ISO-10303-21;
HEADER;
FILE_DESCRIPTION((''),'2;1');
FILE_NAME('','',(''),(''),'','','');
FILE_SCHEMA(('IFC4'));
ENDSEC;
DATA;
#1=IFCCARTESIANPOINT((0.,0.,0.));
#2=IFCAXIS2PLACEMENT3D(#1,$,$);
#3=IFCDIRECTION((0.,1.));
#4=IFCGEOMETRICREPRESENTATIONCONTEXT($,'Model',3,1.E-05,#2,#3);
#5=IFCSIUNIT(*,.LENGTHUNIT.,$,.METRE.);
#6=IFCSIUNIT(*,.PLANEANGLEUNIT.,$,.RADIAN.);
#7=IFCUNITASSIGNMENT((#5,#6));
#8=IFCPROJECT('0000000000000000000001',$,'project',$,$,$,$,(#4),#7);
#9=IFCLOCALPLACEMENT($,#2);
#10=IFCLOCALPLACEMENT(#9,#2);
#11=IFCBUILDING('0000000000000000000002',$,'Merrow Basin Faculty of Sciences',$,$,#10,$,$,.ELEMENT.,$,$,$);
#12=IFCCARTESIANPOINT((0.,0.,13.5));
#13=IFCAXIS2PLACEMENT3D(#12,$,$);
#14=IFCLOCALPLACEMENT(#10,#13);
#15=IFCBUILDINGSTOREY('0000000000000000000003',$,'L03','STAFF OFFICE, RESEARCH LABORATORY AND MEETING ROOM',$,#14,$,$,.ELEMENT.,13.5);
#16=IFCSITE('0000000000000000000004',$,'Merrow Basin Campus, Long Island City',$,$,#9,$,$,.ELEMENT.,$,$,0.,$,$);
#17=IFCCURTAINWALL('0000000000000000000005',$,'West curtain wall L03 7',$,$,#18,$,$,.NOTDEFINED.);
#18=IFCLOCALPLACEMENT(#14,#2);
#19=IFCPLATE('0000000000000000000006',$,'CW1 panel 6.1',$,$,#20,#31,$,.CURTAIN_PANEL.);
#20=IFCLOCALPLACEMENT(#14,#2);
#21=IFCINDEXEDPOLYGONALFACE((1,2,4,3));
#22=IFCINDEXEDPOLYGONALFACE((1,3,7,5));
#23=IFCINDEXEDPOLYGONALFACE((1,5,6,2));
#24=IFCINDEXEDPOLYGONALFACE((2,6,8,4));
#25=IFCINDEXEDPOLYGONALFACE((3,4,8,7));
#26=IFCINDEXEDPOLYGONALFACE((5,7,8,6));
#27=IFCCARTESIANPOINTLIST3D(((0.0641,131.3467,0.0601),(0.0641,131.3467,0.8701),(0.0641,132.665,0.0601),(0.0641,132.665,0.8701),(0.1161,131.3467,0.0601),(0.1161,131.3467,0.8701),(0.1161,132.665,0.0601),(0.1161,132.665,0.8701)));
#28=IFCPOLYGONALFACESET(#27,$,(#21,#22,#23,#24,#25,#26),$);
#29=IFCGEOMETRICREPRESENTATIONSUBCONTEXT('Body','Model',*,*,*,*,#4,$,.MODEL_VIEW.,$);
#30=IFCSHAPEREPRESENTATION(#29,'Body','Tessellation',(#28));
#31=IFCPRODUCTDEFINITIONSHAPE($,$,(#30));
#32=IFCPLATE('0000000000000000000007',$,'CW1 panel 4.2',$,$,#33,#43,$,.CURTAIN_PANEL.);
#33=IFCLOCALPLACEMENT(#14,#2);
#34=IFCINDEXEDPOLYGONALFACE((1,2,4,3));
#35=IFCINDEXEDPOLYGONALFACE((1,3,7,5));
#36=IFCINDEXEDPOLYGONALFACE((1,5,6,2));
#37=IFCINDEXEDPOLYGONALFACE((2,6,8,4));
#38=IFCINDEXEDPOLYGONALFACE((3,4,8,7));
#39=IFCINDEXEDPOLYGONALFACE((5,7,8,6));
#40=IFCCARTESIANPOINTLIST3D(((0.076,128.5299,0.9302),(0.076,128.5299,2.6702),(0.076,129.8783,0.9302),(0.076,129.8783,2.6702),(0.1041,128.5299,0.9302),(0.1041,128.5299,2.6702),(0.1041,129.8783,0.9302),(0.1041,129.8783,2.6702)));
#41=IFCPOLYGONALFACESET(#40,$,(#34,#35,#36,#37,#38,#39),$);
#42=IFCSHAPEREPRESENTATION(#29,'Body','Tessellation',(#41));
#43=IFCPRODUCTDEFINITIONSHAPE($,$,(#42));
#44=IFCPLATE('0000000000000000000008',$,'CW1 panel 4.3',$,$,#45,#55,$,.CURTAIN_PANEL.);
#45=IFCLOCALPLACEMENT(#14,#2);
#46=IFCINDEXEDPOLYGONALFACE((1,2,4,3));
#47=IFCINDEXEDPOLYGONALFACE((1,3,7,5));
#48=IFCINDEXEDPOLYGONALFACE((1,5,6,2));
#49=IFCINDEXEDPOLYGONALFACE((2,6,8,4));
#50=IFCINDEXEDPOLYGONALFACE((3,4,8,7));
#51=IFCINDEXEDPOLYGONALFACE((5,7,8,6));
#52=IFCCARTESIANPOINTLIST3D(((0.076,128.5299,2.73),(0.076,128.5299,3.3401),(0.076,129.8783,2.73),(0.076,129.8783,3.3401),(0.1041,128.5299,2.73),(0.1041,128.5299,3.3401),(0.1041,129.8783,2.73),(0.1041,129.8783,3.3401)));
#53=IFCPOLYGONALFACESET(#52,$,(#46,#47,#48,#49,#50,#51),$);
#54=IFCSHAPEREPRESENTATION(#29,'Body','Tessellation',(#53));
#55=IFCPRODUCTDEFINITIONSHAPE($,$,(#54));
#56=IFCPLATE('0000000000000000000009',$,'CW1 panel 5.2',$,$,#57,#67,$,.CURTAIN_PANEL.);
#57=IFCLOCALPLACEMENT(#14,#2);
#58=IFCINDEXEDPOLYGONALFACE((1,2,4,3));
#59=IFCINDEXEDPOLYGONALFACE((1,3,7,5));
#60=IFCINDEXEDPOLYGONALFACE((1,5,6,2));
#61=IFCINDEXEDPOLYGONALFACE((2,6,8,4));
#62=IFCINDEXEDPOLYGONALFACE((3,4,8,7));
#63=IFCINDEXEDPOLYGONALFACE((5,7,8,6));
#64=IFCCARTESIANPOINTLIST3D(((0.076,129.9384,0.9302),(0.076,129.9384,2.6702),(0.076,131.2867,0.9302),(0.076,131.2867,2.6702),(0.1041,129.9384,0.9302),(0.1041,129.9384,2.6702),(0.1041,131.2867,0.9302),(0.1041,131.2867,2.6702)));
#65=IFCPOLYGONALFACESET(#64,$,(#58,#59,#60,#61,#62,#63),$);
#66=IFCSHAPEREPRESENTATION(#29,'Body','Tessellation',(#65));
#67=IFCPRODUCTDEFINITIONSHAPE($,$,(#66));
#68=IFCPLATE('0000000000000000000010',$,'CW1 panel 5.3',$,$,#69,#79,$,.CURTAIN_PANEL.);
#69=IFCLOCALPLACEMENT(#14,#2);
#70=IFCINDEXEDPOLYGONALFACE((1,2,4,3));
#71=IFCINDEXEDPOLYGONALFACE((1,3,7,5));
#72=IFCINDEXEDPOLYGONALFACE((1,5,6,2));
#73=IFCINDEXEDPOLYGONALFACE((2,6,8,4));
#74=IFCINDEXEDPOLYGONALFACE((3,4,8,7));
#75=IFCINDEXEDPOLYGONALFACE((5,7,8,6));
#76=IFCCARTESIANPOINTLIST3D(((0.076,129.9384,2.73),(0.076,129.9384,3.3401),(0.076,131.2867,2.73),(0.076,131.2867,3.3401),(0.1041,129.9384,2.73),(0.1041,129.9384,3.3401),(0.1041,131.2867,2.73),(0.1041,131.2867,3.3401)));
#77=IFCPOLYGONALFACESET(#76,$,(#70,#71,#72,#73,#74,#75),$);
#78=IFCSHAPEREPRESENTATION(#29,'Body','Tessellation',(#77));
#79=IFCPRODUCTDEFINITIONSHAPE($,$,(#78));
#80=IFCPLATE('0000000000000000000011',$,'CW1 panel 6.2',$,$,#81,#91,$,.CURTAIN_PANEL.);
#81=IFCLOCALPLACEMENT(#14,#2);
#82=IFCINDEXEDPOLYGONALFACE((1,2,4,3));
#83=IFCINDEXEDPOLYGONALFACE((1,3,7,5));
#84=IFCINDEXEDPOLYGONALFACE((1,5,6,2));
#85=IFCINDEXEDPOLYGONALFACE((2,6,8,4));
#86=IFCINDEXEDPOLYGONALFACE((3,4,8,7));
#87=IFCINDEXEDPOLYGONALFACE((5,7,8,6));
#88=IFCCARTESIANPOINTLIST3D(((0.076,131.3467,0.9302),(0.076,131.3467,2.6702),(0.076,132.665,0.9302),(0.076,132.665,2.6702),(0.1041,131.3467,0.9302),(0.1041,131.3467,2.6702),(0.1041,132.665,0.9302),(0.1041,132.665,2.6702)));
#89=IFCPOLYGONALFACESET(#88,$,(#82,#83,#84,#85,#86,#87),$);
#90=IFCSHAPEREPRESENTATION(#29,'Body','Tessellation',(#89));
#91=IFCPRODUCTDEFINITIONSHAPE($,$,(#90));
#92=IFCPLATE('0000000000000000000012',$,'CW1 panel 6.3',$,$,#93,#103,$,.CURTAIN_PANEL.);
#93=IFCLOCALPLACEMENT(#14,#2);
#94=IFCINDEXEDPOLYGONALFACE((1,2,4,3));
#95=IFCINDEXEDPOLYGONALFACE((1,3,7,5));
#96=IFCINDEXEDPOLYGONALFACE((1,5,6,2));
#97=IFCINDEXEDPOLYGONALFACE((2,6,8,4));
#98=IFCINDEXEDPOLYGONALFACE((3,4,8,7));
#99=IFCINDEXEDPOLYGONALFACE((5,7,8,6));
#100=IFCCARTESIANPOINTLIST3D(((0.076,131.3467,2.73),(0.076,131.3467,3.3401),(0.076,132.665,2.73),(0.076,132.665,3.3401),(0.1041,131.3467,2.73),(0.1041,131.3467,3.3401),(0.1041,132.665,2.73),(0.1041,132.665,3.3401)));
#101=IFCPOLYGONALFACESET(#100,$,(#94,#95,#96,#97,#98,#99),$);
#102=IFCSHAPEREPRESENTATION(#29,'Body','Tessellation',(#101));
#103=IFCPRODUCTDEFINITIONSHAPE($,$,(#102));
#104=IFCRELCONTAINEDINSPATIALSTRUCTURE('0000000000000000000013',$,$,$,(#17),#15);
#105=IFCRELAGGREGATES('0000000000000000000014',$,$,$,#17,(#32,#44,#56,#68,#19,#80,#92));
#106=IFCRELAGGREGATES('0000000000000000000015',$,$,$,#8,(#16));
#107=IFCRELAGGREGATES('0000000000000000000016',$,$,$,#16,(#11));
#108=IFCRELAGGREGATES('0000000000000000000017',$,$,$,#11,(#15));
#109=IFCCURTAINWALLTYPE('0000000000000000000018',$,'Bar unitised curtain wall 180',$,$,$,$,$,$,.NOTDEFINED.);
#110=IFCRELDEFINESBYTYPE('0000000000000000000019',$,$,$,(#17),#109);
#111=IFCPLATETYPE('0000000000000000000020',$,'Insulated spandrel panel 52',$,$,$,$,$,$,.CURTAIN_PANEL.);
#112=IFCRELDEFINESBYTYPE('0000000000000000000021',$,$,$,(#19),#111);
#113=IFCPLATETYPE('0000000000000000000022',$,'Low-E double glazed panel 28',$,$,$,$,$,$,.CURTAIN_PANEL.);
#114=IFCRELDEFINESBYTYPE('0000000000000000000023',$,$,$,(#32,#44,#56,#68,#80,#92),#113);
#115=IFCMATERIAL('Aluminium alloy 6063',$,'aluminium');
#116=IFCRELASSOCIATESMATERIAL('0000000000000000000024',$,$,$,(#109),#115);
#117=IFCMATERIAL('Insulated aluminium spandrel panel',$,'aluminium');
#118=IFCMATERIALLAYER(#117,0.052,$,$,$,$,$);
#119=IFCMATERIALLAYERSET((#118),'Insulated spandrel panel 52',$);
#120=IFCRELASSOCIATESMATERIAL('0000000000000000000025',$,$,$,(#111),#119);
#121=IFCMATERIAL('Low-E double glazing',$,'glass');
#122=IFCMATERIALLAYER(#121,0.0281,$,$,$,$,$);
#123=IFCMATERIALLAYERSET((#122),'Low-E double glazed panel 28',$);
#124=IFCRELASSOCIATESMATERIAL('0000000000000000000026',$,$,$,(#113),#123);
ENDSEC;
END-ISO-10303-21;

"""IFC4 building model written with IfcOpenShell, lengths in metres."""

from ifc_helpers import new_model, si_unit, direction, frame, origin, origin_2d, place, context, subcontext, project, spatial, rectangle, extrude, material, layer, layer_set, type_object, element, aggregate, save


model = new_model("IFC4")

# Units and contexts
model_context = context("Model", 3, precision=1e-05, world=origin(), true_north=direction((0.0, 1.0)))
body_context = subcontext(model_context, "Body", "Model", "MODEL_VIEW")
ifc_project = project(units=[si_unit("LENGTHUNIT", "METRE"), si_unit("PLANEANGLEUNIT", "RADIAN")], contexts=[model_context])

# Site, building, storey
site_placement = place(None, origin())
site = spatial("IfcSite", under=ifc_project, at=site_placement, Name="Merrow Basin Campus, Long Island City", CompositionType="ELEMENT", RefElevation=0.0)
building_placement = place(site_placement, origin())
building = spatial("IfcBuilding", under=site, at=building_placement, Name="Merrow Basin Faculty of Sciences", CompositionType="ELEMENT")
storey_placement = place(building_placement, frame((0.0, 0.0, 13.5)))
storey = spatial("IfcBuildingStorey", under=building, at=storey_placement, Name="L03", Description="STAFF OFFICE, RESEARCH LABORATORY AND MEETING ROOM", CompositionType="ELEMENT", Elevation=13.5)

# Curtain wall, plates
ifc_material_1 = material(Name="Aluminium alloy 6063", Category="aluminium")
curtain_wall_type = type_object("IfcCurtainWallType", Name="Bar unitised curtain wall 180", PredefinedType="NOTDEFINED", material=ifc_material_1)
curtain_wall_placement = place(storey_placement, origin())
curtain_wall = element("IfcCurtainWall", 1, at=curtain_wall_placement, inside=storey, type_object=curtain_wall_type, Name="West curtain wall L03 7", PredefinedType="NOTDEFINED")
ifc_material_2 = material(Name="Insulated aluminium spandrel panel", Category="aluminium")
ifc_layer_1 = layer(ifc_material_2, 0.052)
ifc_layer_set_1 = layer_set([ifc_layer_1], Name="Insulated spandrel panel 52")
plate_type_1 = type_object("IfcPlateType", Name="Insulated spandrel panel 52", PredefinedType="CURTAIN_PANEL", material=ifc_layer_set_1)
plate_1_placement = place(storey_placement, frame((0.0901, 132.0059, 0.0601), z_axis=(0.0, 0.0, 1.0), x_axis=(0.0, 1.0, 0.0)))
plate_1 = element("IfcPlate", 2, at=plate_1_placement, type_object=plate_type_1, Name="CW1 panel 6.1", PredefinedType="CURTAIN_PANEL", context=body_context, shape_type="SweptSolid", body=[
    extrude(rectangle(XDim=1.3184, YDim=0.052, at=origin_2d()), origin(), (0.0, 0.0, 1.0), 0.8101),
])
ifc_material_3 = material(Name="Low-E double glazing", Category="glass")
ifc_layer_2 = layer(ifc_material_3, 0.0281)
ifc_layer_set_2 = layer_set([ifc_layer_2], Name="Low-E double glazed panel 28")
plate_type_2 = type_object("IfcPlateType", Name="Low-E double glazed panel 28", PredefinedType="CURTAIN_PANEL", material=ifc_layer_set_2)
plate_2_placement = place(storey_placement, frame((0.0901, 129.2041, 0.9302), z_axis=(0.0, 0.0, 1.0), x_axis=(0.0, 1.0, 0.0)))
plate_2 = element("IfcPlate", 3, at=plate_2_placement, type_object=plate_type_2, Name="CW1 panel 4.2", PredefinedType="CURTAIN_PANEL", context=body_context, shape_type="SweptSolid", body=[
    extrude(rectangle(XDim=1.3484, YDim=0.0281, at=origin_2d()), origin(), (0.0, 0.0, 1.0), 1.74),
])
plate_3_placement = place(storey_placement, frame((0.0901, 129.2041, 2.73), z_axis=(0.0, 0.0, 1.0), x_axis=(0.0, 1.0, 0.0)))
plate_3 = element("IfcPlate", 4, at=plate_3_placement, type_object=plate_type_2, Name="CW1 panel 4.3", PredefinedType="CURTAIN_PANEL", context=body_context, shape_type="SweptSolid", body=[
    extrude(rectangle(XDim=1.3484, YDim=0.0281, at=origin_2d()), origin(), (0.0, 0.0, 1.0), 0.6101),
])
plate_4_placement = place(storey_placement, frame((0.0901, 130.6125, 0.9302), z_axis=(0.0, 0.0, 1.0), x_axis=(0.0, 1.0, 0.0)))
plate_4 = element("IfcPlate", 5, at=plate_4_placement, type_object=plate_type_2, Name="CW1 panel 5.2", PredefinedType="CURTAIN_PANEL", context=body_context, shape_type="SweptSolid", body=[
    extrude(rectangle(XDim=1.3484, YDim=0.0281, at=origin_2d()), origin(), (0.0, 0.0, 1.0), 1.74),
])
plate_5_placement = place(storey_placement, frame((0.0901, 130.6125, 2.73), z_axis=(0.0, 0.0, 1.0), x_axis=(0.0, 1.0, 0.0)))
plate_5 = element("IfcPlate", 6, at=plate_5_placement, type_object=plate_type_2, Name="CW1 panel 5.3", PredefinedType="CURTAIN_PANEL", context=body_context, shape_type="SweptSolid", body=[
    extrude(rectangle(XDim=1.3484, YDim=0.0281, at=origin_2d()), origin(), (0.0, 0.0, 1.0), 0.6101),
])
plate_6_placement = place(storey_placement, frame((0.0901, 132.0059, 0.9302), z_axis=(0.0, 0.0, 1.0), x_axis=(0.0, 1.0, 0.0)))
plate_6 = element("IfcPlate", 7, at=plate_6_placement, type_object=plate_type_2, Name="CW1 panel 6.2", PredefinedType="CURTAIN_PANEL", context=body_context, shape_type="SweptSolid", body=[
    extrude(rectangle(XDim=1.3184, YDim=0.0281, at=origin_2d()), origin(), (0.0, 0.0, 1.0), 1.74),
])
plate_7_placement = place(storey_placement, frame((0.0901, 132.0059, 2.73), z_axis=(0.0, 0.0, 1.0), x_axis=(0.0, 1.0, 0.0)))
plate_7 = element("IfcPlate", 8, at=plate_7_placement, type_object=plate_type_2, Name="CW1 panel 6.3", PredefinedType="CURTAIN_PANEL", context=body_context, shape_type="SweptSolid", body=[
    extrude(rectangle(XDim=1.3184, YDim=0.0281, at=origin_2d()), origin(), (0.0, 0.0, 1.0), 0.6101),
])
aggregate(curtain_wall, [plate_2, plate_3, plate_4, plate_5, plate_1, plate_6, plate_7])

save(model, "model.ifc")
